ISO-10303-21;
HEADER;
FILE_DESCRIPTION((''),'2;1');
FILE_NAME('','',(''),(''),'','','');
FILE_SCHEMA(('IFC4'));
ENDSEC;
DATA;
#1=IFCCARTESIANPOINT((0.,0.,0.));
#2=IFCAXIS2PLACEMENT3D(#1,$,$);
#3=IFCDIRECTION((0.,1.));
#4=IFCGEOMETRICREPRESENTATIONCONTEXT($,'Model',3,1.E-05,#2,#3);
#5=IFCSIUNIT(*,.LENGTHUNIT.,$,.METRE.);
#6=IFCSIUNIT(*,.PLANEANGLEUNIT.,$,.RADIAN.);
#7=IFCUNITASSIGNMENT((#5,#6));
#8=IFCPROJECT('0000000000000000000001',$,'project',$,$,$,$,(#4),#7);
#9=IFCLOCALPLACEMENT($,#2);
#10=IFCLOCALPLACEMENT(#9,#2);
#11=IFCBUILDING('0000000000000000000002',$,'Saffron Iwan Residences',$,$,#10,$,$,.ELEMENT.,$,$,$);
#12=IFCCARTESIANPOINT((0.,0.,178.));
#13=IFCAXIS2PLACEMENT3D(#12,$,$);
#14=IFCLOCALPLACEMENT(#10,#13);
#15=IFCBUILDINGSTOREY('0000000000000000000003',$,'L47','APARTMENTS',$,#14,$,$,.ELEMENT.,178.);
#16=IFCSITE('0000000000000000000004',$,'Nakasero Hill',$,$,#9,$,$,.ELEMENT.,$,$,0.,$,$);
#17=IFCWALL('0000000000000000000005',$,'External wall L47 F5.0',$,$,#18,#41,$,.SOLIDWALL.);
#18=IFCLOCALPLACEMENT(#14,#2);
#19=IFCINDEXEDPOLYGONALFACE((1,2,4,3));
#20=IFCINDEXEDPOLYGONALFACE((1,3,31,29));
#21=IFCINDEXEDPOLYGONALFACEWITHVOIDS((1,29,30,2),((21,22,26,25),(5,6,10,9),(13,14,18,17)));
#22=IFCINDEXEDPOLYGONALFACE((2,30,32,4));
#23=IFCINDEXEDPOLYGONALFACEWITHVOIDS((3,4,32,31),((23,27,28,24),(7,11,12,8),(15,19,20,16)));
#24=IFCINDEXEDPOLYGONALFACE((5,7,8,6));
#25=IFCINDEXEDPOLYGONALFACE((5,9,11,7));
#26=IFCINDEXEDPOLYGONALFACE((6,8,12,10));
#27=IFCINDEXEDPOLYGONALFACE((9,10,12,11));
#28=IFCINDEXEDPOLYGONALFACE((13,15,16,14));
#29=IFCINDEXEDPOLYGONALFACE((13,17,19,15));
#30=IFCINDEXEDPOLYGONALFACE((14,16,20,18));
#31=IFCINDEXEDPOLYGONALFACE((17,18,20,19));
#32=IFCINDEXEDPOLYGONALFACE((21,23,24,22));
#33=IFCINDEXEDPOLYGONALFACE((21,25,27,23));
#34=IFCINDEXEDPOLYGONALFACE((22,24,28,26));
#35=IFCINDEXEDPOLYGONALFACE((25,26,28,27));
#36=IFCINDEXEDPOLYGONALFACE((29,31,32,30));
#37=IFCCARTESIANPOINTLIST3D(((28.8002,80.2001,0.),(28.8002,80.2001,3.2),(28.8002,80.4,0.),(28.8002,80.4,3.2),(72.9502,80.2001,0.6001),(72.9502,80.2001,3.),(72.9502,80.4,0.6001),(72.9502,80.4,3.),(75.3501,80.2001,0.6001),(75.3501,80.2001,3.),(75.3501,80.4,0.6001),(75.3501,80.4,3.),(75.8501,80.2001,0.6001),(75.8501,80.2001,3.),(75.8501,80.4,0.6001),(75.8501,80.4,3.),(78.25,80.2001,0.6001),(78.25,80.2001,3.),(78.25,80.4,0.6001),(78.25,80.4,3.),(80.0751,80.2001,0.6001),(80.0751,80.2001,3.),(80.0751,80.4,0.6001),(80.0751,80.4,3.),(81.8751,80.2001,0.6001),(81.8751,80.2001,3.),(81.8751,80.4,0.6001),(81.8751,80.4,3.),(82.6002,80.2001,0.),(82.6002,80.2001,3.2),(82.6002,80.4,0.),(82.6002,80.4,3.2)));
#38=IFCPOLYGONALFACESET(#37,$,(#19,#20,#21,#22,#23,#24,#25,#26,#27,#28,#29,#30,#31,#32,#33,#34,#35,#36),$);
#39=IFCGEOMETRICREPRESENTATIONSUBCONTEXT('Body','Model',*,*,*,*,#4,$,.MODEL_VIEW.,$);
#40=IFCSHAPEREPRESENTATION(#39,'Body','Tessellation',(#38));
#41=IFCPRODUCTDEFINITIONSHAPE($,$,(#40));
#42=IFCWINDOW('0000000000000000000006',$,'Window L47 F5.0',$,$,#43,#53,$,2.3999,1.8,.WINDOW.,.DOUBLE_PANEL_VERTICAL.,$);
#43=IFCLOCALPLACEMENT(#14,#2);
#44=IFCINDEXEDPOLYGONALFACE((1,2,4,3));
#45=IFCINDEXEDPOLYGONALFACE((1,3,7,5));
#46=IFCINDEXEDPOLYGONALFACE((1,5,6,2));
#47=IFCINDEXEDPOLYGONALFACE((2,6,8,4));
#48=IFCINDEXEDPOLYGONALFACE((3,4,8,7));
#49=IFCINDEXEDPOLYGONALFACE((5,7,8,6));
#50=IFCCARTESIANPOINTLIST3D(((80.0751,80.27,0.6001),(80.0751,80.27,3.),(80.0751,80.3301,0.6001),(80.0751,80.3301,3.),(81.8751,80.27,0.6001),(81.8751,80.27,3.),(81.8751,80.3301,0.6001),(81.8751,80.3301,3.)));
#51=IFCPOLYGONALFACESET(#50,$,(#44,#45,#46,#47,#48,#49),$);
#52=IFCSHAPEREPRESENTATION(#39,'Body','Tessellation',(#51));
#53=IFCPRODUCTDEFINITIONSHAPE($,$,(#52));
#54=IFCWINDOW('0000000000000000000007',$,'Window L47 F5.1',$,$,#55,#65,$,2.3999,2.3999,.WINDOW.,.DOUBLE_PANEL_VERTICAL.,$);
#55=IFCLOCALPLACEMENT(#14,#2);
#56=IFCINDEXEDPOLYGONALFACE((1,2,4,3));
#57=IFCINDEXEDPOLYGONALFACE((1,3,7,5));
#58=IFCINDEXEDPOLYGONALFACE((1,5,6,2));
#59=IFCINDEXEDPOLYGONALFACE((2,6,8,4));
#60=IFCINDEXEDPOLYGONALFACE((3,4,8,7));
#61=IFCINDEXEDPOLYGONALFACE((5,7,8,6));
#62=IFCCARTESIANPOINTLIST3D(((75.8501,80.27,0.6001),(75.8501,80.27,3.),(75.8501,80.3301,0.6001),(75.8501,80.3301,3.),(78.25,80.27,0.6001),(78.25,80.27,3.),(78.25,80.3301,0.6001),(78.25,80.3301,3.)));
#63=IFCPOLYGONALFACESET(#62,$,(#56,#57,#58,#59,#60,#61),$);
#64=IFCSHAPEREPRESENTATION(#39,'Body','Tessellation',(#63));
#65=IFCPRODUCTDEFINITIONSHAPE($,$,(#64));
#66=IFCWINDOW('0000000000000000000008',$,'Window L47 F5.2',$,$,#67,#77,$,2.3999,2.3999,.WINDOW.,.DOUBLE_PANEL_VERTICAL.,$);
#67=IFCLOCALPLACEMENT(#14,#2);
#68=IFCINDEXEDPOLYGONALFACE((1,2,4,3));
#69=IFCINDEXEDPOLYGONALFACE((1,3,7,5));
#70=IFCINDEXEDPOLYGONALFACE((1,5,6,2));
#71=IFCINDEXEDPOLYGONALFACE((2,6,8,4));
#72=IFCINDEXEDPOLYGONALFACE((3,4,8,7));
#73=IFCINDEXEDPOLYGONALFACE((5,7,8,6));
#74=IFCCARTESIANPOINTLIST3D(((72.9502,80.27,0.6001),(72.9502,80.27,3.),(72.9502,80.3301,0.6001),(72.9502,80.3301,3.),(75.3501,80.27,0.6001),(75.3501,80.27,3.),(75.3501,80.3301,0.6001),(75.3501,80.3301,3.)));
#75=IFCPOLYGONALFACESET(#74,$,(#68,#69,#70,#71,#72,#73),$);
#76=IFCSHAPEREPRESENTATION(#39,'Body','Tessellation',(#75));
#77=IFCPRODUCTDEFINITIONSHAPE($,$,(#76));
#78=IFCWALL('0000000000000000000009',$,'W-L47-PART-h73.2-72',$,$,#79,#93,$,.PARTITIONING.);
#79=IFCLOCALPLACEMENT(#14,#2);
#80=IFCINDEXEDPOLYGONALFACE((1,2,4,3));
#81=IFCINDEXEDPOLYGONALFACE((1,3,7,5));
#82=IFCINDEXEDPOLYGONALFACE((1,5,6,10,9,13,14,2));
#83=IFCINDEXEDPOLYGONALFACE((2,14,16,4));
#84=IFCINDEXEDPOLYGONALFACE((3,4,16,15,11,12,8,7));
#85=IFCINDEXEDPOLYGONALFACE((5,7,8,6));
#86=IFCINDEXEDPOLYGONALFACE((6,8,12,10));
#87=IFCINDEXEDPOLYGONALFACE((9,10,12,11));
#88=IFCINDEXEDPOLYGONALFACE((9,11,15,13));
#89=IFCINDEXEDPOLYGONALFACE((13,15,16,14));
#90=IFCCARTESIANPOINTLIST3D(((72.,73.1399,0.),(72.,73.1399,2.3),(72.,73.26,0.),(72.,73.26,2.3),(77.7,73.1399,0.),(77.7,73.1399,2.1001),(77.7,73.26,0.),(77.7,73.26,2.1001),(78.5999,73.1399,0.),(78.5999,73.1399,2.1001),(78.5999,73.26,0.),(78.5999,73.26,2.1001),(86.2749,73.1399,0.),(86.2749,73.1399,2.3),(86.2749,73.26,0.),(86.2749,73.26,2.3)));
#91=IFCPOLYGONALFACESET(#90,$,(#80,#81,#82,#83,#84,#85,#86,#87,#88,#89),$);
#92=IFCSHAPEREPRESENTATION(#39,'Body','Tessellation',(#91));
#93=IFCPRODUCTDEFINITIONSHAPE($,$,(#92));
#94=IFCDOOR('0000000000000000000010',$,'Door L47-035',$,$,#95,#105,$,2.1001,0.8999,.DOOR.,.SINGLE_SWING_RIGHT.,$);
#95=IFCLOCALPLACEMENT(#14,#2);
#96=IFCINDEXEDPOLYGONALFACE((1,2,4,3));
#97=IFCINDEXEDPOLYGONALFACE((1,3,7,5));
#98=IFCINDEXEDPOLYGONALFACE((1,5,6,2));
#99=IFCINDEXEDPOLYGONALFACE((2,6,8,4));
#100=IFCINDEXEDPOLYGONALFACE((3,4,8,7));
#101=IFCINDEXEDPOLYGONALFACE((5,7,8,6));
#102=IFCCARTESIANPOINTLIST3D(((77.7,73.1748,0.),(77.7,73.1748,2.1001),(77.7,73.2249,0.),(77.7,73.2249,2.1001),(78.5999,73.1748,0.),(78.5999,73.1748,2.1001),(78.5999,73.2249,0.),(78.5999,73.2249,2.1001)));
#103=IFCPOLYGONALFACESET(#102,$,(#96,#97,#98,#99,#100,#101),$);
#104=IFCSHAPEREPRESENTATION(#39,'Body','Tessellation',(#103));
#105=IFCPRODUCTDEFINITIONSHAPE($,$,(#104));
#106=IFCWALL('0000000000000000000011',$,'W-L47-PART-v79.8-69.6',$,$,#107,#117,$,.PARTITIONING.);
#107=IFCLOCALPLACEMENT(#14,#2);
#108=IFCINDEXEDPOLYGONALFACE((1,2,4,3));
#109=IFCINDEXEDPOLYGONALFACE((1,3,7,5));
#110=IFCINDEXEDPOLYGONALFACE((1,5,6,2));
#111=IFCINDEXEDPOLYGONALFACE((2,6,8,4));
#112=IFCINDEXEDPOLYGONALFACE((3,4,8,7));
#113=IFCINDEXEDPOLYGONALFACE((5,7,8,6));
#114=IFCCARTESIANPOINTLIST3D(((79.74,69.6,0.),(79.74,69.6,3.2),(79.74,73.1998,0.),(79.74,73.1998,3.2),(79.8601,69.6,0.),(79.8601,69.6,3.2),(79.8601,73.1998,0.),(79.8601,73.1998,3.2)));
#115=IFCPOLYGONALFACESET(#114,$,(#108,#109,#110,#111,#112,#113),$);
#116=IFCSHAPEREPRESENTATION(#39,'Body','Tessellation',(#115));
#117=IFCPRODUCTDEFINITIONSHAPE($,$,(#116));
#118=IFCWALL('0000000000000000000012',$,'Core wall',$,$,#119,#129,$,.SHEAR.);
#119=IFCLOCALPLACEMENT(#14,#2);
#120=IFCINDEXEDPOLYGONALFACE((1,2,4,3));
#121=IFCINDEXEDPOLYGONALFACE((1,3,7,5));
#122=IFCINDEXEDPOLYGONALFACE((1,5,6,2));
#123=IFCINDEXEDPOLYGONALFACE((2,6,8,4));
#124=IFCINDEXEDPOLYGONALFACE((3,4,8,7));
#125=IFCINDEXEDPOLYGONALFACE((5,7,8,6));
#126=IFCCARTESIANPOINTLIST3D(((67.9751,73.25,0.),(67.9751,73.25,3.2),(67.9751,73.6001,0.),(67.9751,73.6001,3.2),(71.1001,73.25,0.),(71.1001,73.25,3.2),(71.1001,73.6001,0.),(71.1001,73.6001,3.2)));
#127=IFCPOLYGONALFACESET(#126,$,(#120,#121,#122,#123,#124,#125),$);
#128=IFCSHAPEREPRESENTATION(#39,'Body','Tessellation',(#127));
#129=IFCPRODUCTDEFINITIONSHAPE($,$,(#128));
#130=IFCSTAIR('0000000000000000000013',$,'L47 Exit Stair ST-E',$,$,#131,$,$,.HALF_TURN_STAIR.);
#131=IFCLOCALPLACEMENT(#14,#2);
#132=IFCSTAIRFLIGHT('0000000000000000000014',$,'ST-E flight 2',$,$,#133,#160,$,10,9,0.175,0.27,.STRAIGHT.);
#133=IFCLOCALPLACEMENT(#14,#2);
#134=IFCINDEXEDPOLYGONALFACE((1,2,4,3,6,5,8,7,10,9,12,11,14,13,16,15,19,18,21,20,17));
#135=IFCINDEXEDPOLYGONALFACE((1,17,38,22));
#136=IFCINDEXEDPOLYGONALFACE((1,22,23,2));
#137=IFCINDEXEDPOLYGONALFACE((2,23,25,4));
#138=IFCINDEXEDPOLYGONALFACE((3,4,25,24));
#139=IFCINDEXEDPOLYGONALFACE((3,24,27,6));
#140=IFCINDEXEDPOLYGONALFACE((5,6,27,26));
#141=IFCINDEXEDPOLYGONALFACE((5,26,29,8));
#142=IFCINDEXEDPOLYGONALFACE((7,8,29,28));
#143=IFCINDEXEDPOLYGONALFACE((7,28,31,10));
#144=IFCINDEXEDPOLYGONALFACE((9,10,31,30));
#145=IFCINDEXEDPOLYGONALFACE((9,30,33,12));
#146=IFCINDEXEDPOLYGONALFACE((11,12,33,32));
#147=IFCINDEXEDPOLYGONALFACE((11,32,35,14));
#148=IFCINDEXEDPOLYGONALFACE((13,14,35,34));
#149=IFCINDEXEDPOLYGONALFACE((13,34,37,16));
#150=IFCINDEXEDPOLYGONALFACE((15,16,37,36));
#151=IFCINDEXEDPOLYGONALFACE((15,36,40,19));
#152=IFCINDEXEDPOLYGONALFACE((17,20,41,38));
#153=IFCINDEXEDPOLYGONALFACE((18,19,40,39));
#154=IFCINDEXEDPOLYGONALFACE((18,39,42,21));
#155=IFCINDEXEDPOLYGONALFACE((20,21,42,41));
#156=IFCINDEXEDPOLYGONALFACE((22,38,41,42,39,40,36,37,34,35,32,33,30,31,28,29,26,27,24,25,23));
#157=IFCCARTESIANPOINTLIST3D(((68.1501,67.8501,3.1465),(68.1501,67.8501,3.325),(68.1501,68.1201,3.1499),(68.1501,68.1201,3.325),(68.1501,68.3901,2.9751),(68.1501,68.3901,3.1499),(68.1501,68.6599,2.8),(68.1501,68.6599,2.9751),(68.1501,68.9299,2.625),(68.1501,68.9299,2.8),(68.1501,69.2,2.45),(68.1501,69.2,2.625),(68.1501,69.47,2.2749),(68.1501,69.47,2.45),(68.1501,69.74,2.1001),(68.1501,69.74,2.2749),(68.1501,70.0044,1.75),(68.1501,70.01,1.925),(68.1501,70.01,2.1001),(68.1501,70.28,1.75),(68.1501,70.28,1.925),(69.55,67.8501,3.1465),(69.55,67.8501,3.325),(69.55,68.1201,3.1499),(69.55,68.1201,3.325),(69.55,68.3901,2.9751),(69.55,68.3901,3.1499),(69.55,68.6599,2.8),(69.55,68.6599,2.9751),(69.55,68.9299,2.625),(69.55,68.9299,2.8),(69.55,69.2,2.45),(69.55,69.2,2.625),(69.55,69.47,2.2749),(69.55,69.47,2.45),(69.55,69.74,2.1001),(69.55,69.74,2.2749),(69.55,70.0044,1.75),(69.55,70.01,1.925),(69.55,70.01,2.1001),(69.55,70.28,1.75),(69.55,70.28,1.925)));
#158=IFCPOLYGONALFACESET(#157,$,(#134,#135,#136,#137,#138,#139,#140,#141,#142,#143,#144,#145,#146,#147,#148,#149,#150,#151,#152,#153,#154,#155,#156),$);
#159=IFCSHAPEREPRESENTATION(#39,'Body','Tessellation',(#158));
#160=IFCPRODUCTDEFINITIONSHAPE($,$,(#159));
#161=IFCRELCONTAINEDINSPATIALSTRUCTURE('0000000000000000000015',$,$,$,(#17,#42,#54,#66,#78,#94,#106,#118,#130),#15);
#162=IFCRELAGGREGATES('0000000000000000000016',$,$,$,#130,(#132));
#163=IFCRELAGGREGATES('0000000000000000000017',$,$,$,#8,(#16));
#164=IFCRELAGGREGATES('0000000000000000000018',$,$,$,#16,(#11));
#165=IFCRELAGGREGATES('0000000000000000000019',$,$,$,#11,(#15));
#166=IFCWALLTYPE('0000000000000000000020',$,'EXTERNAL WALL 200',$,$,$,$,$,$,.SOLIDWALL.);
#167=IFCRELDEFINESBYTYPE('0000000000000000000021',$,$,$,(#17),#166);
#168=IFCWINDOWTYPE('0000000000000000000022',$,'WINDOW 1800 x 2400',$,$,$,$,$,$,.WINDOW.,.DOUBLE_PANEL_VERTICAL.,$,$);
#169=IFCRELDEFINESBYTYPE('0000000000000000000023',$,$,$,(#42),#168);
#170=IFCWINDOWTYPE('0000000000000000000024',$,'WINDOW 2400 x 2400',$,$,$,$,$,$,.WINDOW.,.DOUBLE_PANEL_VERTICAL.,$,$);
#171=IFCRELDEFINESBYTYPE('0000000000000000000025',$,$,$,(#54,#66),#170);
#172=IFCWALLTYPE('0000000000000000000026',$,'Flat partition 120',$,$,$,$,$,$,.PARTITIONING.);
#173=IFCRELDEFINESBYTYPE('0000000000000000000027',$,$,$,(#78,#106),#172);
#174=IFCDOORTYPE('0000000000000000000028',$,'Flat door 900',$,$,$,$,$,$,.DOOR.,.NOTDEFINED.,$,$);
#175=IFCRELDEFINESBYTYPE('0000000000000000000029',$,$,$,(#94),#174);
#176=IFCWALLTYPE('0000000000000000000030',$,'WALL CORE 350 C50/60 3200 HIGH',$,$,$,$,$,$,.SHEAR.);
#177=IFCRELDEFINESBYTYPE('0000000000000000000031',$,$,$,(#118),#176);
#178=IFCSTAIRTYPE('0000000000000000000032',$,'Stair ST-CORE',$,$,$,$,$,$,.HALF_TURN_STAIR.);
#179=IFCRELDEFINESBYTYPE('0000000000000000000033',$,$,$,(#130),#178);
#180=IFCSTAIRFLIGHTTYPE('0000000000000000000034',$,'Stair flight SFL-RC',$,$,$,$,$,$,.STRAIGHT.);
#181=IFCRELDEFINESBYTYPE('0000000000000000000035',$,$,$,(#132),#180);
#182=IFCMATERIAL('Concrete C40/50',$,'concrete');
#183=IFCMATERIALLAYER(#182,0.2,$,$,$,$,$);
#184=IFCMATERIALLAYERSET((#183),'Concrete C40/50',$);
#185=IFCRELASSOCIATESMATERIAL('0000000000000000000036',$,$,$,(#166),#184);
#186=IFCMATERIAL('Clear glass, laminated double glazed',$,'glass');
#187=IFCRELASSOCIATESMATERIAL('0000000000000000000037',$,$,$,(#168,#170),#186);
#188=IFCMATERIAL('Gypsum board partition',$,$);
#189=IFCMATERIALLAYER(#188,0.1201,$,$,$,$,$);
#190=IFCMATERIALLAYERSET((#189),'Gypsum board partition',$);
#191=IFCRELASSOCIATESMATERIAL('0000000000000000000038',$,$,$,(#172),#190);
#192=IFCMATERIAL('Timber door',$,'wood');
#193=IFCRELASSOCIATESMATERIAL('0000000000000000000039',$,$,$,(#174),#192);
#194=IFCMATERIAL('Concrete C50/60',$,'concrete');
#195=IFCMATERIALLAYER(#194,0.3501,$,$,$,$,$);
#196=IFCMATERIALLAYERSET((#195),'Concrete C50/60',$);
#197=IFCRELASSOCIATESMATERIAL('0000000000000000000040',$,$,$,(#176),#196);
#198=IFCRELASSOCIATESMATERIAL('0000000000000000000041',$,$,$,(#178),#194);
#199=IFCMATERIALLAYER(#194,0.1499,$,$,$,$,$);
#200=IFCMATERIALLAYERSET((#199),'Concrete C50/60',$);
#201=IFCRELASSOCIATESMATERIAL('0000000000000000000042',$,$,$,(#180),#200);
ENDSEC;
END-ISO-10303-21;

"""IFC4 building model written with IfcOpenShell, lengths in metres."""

from ifc_helpers import new_model, si_unit, direction, frame, frame_2d, origin, place, context, subcontext, project, spatial, polyline, rectangle, outline, extrude, material, layer, layer_set, type_object, element, fill, aggregate, save


model = new_model("IFC4")

# Units and contexts
model_context = context("Model", 3, precision=1e-05, world=origin(), true_north=direction((0.0, 1.0)))
body_context = subcontext(model_context, "Body", "Model", "MODEL_VIEW")
ifc_project = project(units=[si_unit("LENGTHUNIT", "METRE"), si_unit("PLANEANGLEUNIT", "RADIAN")], contexts=[model_context])

# Site, building, storey
site_placement = place(None, origin())
site = spatial("IfcSite", under=ifc_project, at=site_placement, Name="Nakasero Hill", CompositionType="ELEMENT", RefElevation=0.0)
building_placement = place(site_placement, origin())
building = spatial("IfcBuilding", under=site, at=building_placement, Name="Saffron Iwan Residences", CompositionType="ELEMENT")
storey_placement = place(building_placement, frame((0.0, 0.0, 178.0)))
storey = spatial("IfcBuildingStorey", under=building, at=storey_placement, Name="L47", Description="APARTMENTS", CompositionType="ELEMENT", Elevation=178.0)

# Shared definitions
ifc_material_1 = material(Name="Concrete C50/60", Category="concrete")

# Shared definitions
ifc_material_2 = material(Name="Concrete C40/50", Category="concrete")
ifc_layer_1 = layer(ifc_material_2, 0.2)
ifc_layer_set_1 = layer_set([ifc_layer_1], Name="Concrete C40/50")
wall_type_1 = type_object("IfcWallType", Name="EXTERNAL WALL 200", PredefinedType="SOLIDWALL", material=ifc_layer_set_1)
ifc_material_3 = material(Name="Clear glass, laminated double glazed", Category="glass")
window_type_1 = type_object("IfcWindowType", Name="WINDOW 1800 x 2400", PartitioningType="DOUBLE_PANEL_VERTICAL", PredefinedType="WINDOW", material=ifc_material_3)
window_type_2 = type_object("IfcWindowType", Name="WINDOW 2400 x 2400", PartitioningType="DOUBLE_PANEL_VERTICAL", PredefinedType="WINDOW", material=ifc_material_3)

# Wall, openings, windows
wall_1_placement = place(storey_placement, frame((82.6001, 80.3, 0.0), z_axis=(0.0, 0.0, 1.0), x_axis=(-1.0, 0.0, 0.0)))
wall_1 = element("IfcWall", 1, at=wall_1_placement, inside=storey, type_object=wall_type_1, Name="External wall L47 F5.0", PredefinedType="SOLIDWALL", context=body_context, shape_type="SweptSolid", body=[
    extrude(rectangle(XDim=53.8, YDim=0.2, at=frame_2d((26.8999, 0.0))), origin(), (0.0, 0.0, 1.0), 3.2),
])
opening_1_placement = place(wall_1_placement, frame((0.7251, 0.0, 0.6001)))
opening_1 = element("IfcOpeningElement", 2, at=opening_1_placement, cuts=wall_1, PredefinedType="OPENING", context=body_context, shape_type="SweptSolid", body=[
    extrude(rectangle(XDim=1.8, YDim=2.3999, at=frame_2d((0.8999, 1.2))), frame((0.0, 0.1099, 0.0), z_axis=(0.0, -1.0, 0.0), x_axis=(1.0, 0.0, 0.0)), (0.0, 0.0, 1.0), 0.22),
])
opening_2_placement = place(wall_1_placement, frame((4.3501, 0.0, 0.6001)))
opening_2 = element("IfcOpeningElement", 3, at=opening_2_placement, cuts=wall_1, PredefinedType="OPENING", context=body_context, shape_type="SweptSolid", body=[
    extrude(rectangle(XDim=2.3999, YDim=2.3999, at=frame_2d((1.2, 1.2))), frame((0.0, 0.1099, 0.0), z_axis=(0.0, -1.0, 0.0), x_axis=(1.0, 0.0, 0.0)), (0.0, 0.0, 1.0), 0.22),
])
opening_3_placement = place(wall_1_placement, frame((7.25, 0.0, 0.6001)))
opening_3 = element("IfcOpeningElement", 4, at=opening_3_placement, cuts=wall_1, PredefinedType="OPENING", context=body_context, shape_type="SweptSolid", body=[
    extrude(rectangle(XDim=2.3999, YDim=2.3999, at=frame_2d((1.2, 1.2))), frame((0.0, 0.1099, 0.0), z_axis=(0.0, -1.0, 0.0), x_axis=(1.0, 0.0, 0.0)), (0.0, 0.0, 1.0), 0.22),
])
window_1_placement = place(opening_1_placement, origin())
window_1 = element("IfcWindow", 5, at=window_1_placement, inside=storey, type_object=window_type_1, Name="Window L47 F5.0", OverallHeight=2.3999, OverallWidth=1.8, PartitioningType="DOUBLE_PANEL_VERTICAL", PredefinedType="WINDOW", context=body_context, shape_type="SweptSolid", body=[
    extrude(rectangle(XDim=1.8, YDim=2.3999, at=frame_2d((0.8999, 1.2))), frame((0.0, 0.03, 0.0), z_axis=(0.0, -1.0, 0.0), x_axis=(1.0, 0.0, 0.0)), (0.0, 0.0, 1.0), 0.0601),
])
fill(opening_1, window_1)
window_2_placement = place(opening_2_placement, origin())
window_2 = element("IfcWindow", 6, at=window_2_placement, inside=storey, type_object=window_type_2, Name="Window L47 F5.1", OverallHeight=2.3999, OverallWidth=2.3999, PartitioningType="DOUBLE_PANEL_VERTICAL", PredefinedType="WINDOW", context=body_context, shape_type="SweptSolid", body=[
    extrude(rectangle(XDim=2.3999, YDim=2.3999, at=frame_2d((1.2, 1.2))), frame((0.0, 0.03, 0.0), z_axis=(0.0, -1.0, 0.0), x_axis=(1.0, 0.0, 0.0)), (0.0, 0.0, 1.0), 0.0601),
])
fill(opening_2, window_2)
window_3_placement = place(opening_3_placement, origin())
window_3 = element("IfcWindow", 7, at=window_3_placement, inside=storey, type_object=window_type_2, Name="Window L47 F5.2", OverallHeight=2.3999, OverallWidth=2.3999, PartitioningType="DOUBLE_PANEL_VERTICAL", PredefinedType="WINDOW", context=body_context, shape_type="SweptSolid", body=[
    extrude(rectangle(XDim=2.3999, YDim=2.3999, at=frame_2d((1.2, 1.2))), frame((0.0, 0.03, 0.0), z_axis=(0.0, -1.0, 0.0), x_axis=(1.0, 0.0, 0.0)), (0.0, 0.0, 1.0), 0.0601),
])
fill(opening_3, window_3)

# Wall, opening, door
ifc_material_4 = material(Name="Gypsum board partition")
ifc_layer_2 = layer(ifc_material_4, 0.1201)
ifc_layer_set_2 = layer_set([ifc_layer_2], Name="Gypsum board partition")
wall_type_2 = type_object("IfcWallType", Name="Flat partition 120", PredefinedType="PARTITIONING", material=ifc_layer_set_2)
wall_2_placement = place(storey_placement, frame((72.0, 73.2, 0.0), z_axis=(0.0, 0.0, 1.0), x_axis=(1.0, 0.0, 0.0)))
wall_2 = element("IfcWall", 8, at=wall_2_placement, inside=storey, type_object=wall_type_2, Name="W-L47-PART-h73.2-72", PredefinedType="PARTITIONING", context=body_context, shape_type="SweptSolid", body=[
    extrude(rectangle(XDim=14.2749, YDim=0.1201, at=frame_2d((7.1375, 0.0))), origin(), (0.0, 0.0, 1.0), 2.3),
])
opening_4_placement = place(wall_2_placement, frame((5.7, 0.0, 0.0)))
opening_4 = element("IfcOpeningElement", 9, at=opening_4_placement, cuts=wall_2, PredefinedType="OPENING", context=body_context, shape_type="SweptSolid", body=[
    extrude(rectangle(XDim=0.8999, YDim=2.1001, at=frame_2d((0.45, 1.05))), frame((0.0, 0.0701, 0.0), z_axis=(0.0, -1.0, 0.0), x_axis=(1.0, 0.0, 0.0)), (0.0, 0.0, 1.0), 0.1401),
])
ifc_material_5 = material(Name="Timber door", Category="wood")
door_type = type_object("IfcDoorType", Name="Flat door 900", OperationType="NOTDEFINED", PredefinedType="DOOR", material=ifc_material_5)
door_placement = place(opening_4_placement, origin())
door = element("IfcDoor", 10, at=door_placement, inside=storey, type_object=door_type, Name="Door L47-035", OperationType="SINGLE_SWING_RIGHT", OverallHeight=2.1001, OverallWidth=0.8999, PredefinedType="DOOR", context=body_context, shape_type="SweptSolid", body=[
    extrude(rectangle(XDim=0.8999, YDim=2.1001, at=frame_2d((0.45, 1.05))), frame((0.0, 0.0249, 0.0), z_axis=(0.0, -1.0, 0.0), x_axis=(1.0, 0.0, 0.0)), (0.0, 0.0, 1.0), 0.05),
])
fill(opening_4, door)

# Walls
wall_3_placement = place(storey_placement, frame((79.8, 69.6001, 0.0), z_axis=(0.0, 0.0, 1.0), x_axis=(0.0, 1.0, 0.0)))
element("IfcWall", 11, at=wall_3_placement, inside=storey, type_object=wall_type_2, Name="W-L47-PART-v79.8-69.6", PredefinedType="PARTITIONING", context=body_context, shape_type="SweptSolid", body=[
    extrude(rectangle(XDim=3.5999, YDim=0.1201, at=frame_2d((1.7998, 0.0))), origin(), (0.0, 0.0, 1.0), 3.2),
])
ifc_layer_3 = layer(ifc_material_1, 0.3501)
ifc_layer_set_3 = layer_set([ifc_layer_3], Name="Concrete C50/60")
wall_type_3 = type_object("IfcWallType", Name="WALL CORE 350 C50/60 3200 HIGH", PredefinedType="SHEAR", material=ifc_layer_set_3)
wall_4_placement = place(storey_placement, frame((67.9751, 73.425, 0.0), z_axis=(0.0, 0.0, 1.0), x_axis=(1.0, 0.0, 0.0)))
element("IfcWall", 12, at=wall_4_placement, inside=storey, type_object=wall_type_3, Name="Core wall", PredefinedType="SHEAR", context=body_context, shape_type="SweptSolid", body=[
    extrude(rectangle(XDim=3.125, YDim=0.3501, at=frame_2d((1.5625, 0.0))), origin(), (0.0, 0.0, 1.0), 3.2),
])

# Stair, stair flight
stair_type = type_object("IfcStairType", Name="Stair ST-CORE", PredefinedType="HALF_TURN_STAIR", material=ifc_material_1)
stair_placement = place(storey_placement, origin())
stair = element("IfcStair", 13, at=stair_placement, inside=storey, type_object=stair_type, Name="L47 Exit Stair ST-E", PredefinedType="HALF_TURN_STAIR")
ifc_layer_4 = layer(ifc_material_1, 0.1499)
ifc_layer_set_4 = layer_set([ifc_layer_4], Name="Concrete C50/60")
stair_flight_type = type_object("IfcStairFlightType", Name="Stair flight SFL-RC", PredefinedType="STRAIGHT", material=ifc_layer_set_4)
stair_flight_placement = place(storey_placement, frame((68.8501, 70.28, 1.75), z_axis=(0.0, 0.0, 1.0), x_axis=(0.0, -1.0, 0.0)))
stair_flight = element("IfcStairFlight", 14, at=stair_flight_placement, type_object=stair_flight_type, Name="ST-E flight 2", NumberOfRisers=10, NumberOfTreads=9, PredefinedType="STRAIGHT", RiserHeight=0.175, TreadLength=0.27, context=body_context, shape_type="SweptSolid", body=[
    extrude(outline(polyline([(0.0, 0.0), (0.0, 0.175), (0.27, 0.175), (0.27, 0.3501), (0.54, 0.3501), (0.54, 0.5249), (0.8101, 0.5249), (0.8101, 0.7), (1.0801, 0.7), (1.0801, 0.875), (1.3501, 0.875), (1.3501, 1.05), (1.6201, 1.05), (1.6201, 1.2251), (1.8899, 1.2251), (1.8899, 1.3999), (2.1599, 1.3999), (2.1599, 1.575), (2.4299, 1.575), (2.4299, 1.75), (2.4299, 1.3965), (0.2756, 0.0), (0.0, 0.0)])), frame((0.0, 0.7, 0.0), z_axis=(0.0, -1.0, 0.0), x_axis=(1.0, 0.0, 0.0)), (0.0, 0.0, 1.0), 1.3999),
])
aggregate(stair, [stair_flight])

save(model, "model.ifc")
